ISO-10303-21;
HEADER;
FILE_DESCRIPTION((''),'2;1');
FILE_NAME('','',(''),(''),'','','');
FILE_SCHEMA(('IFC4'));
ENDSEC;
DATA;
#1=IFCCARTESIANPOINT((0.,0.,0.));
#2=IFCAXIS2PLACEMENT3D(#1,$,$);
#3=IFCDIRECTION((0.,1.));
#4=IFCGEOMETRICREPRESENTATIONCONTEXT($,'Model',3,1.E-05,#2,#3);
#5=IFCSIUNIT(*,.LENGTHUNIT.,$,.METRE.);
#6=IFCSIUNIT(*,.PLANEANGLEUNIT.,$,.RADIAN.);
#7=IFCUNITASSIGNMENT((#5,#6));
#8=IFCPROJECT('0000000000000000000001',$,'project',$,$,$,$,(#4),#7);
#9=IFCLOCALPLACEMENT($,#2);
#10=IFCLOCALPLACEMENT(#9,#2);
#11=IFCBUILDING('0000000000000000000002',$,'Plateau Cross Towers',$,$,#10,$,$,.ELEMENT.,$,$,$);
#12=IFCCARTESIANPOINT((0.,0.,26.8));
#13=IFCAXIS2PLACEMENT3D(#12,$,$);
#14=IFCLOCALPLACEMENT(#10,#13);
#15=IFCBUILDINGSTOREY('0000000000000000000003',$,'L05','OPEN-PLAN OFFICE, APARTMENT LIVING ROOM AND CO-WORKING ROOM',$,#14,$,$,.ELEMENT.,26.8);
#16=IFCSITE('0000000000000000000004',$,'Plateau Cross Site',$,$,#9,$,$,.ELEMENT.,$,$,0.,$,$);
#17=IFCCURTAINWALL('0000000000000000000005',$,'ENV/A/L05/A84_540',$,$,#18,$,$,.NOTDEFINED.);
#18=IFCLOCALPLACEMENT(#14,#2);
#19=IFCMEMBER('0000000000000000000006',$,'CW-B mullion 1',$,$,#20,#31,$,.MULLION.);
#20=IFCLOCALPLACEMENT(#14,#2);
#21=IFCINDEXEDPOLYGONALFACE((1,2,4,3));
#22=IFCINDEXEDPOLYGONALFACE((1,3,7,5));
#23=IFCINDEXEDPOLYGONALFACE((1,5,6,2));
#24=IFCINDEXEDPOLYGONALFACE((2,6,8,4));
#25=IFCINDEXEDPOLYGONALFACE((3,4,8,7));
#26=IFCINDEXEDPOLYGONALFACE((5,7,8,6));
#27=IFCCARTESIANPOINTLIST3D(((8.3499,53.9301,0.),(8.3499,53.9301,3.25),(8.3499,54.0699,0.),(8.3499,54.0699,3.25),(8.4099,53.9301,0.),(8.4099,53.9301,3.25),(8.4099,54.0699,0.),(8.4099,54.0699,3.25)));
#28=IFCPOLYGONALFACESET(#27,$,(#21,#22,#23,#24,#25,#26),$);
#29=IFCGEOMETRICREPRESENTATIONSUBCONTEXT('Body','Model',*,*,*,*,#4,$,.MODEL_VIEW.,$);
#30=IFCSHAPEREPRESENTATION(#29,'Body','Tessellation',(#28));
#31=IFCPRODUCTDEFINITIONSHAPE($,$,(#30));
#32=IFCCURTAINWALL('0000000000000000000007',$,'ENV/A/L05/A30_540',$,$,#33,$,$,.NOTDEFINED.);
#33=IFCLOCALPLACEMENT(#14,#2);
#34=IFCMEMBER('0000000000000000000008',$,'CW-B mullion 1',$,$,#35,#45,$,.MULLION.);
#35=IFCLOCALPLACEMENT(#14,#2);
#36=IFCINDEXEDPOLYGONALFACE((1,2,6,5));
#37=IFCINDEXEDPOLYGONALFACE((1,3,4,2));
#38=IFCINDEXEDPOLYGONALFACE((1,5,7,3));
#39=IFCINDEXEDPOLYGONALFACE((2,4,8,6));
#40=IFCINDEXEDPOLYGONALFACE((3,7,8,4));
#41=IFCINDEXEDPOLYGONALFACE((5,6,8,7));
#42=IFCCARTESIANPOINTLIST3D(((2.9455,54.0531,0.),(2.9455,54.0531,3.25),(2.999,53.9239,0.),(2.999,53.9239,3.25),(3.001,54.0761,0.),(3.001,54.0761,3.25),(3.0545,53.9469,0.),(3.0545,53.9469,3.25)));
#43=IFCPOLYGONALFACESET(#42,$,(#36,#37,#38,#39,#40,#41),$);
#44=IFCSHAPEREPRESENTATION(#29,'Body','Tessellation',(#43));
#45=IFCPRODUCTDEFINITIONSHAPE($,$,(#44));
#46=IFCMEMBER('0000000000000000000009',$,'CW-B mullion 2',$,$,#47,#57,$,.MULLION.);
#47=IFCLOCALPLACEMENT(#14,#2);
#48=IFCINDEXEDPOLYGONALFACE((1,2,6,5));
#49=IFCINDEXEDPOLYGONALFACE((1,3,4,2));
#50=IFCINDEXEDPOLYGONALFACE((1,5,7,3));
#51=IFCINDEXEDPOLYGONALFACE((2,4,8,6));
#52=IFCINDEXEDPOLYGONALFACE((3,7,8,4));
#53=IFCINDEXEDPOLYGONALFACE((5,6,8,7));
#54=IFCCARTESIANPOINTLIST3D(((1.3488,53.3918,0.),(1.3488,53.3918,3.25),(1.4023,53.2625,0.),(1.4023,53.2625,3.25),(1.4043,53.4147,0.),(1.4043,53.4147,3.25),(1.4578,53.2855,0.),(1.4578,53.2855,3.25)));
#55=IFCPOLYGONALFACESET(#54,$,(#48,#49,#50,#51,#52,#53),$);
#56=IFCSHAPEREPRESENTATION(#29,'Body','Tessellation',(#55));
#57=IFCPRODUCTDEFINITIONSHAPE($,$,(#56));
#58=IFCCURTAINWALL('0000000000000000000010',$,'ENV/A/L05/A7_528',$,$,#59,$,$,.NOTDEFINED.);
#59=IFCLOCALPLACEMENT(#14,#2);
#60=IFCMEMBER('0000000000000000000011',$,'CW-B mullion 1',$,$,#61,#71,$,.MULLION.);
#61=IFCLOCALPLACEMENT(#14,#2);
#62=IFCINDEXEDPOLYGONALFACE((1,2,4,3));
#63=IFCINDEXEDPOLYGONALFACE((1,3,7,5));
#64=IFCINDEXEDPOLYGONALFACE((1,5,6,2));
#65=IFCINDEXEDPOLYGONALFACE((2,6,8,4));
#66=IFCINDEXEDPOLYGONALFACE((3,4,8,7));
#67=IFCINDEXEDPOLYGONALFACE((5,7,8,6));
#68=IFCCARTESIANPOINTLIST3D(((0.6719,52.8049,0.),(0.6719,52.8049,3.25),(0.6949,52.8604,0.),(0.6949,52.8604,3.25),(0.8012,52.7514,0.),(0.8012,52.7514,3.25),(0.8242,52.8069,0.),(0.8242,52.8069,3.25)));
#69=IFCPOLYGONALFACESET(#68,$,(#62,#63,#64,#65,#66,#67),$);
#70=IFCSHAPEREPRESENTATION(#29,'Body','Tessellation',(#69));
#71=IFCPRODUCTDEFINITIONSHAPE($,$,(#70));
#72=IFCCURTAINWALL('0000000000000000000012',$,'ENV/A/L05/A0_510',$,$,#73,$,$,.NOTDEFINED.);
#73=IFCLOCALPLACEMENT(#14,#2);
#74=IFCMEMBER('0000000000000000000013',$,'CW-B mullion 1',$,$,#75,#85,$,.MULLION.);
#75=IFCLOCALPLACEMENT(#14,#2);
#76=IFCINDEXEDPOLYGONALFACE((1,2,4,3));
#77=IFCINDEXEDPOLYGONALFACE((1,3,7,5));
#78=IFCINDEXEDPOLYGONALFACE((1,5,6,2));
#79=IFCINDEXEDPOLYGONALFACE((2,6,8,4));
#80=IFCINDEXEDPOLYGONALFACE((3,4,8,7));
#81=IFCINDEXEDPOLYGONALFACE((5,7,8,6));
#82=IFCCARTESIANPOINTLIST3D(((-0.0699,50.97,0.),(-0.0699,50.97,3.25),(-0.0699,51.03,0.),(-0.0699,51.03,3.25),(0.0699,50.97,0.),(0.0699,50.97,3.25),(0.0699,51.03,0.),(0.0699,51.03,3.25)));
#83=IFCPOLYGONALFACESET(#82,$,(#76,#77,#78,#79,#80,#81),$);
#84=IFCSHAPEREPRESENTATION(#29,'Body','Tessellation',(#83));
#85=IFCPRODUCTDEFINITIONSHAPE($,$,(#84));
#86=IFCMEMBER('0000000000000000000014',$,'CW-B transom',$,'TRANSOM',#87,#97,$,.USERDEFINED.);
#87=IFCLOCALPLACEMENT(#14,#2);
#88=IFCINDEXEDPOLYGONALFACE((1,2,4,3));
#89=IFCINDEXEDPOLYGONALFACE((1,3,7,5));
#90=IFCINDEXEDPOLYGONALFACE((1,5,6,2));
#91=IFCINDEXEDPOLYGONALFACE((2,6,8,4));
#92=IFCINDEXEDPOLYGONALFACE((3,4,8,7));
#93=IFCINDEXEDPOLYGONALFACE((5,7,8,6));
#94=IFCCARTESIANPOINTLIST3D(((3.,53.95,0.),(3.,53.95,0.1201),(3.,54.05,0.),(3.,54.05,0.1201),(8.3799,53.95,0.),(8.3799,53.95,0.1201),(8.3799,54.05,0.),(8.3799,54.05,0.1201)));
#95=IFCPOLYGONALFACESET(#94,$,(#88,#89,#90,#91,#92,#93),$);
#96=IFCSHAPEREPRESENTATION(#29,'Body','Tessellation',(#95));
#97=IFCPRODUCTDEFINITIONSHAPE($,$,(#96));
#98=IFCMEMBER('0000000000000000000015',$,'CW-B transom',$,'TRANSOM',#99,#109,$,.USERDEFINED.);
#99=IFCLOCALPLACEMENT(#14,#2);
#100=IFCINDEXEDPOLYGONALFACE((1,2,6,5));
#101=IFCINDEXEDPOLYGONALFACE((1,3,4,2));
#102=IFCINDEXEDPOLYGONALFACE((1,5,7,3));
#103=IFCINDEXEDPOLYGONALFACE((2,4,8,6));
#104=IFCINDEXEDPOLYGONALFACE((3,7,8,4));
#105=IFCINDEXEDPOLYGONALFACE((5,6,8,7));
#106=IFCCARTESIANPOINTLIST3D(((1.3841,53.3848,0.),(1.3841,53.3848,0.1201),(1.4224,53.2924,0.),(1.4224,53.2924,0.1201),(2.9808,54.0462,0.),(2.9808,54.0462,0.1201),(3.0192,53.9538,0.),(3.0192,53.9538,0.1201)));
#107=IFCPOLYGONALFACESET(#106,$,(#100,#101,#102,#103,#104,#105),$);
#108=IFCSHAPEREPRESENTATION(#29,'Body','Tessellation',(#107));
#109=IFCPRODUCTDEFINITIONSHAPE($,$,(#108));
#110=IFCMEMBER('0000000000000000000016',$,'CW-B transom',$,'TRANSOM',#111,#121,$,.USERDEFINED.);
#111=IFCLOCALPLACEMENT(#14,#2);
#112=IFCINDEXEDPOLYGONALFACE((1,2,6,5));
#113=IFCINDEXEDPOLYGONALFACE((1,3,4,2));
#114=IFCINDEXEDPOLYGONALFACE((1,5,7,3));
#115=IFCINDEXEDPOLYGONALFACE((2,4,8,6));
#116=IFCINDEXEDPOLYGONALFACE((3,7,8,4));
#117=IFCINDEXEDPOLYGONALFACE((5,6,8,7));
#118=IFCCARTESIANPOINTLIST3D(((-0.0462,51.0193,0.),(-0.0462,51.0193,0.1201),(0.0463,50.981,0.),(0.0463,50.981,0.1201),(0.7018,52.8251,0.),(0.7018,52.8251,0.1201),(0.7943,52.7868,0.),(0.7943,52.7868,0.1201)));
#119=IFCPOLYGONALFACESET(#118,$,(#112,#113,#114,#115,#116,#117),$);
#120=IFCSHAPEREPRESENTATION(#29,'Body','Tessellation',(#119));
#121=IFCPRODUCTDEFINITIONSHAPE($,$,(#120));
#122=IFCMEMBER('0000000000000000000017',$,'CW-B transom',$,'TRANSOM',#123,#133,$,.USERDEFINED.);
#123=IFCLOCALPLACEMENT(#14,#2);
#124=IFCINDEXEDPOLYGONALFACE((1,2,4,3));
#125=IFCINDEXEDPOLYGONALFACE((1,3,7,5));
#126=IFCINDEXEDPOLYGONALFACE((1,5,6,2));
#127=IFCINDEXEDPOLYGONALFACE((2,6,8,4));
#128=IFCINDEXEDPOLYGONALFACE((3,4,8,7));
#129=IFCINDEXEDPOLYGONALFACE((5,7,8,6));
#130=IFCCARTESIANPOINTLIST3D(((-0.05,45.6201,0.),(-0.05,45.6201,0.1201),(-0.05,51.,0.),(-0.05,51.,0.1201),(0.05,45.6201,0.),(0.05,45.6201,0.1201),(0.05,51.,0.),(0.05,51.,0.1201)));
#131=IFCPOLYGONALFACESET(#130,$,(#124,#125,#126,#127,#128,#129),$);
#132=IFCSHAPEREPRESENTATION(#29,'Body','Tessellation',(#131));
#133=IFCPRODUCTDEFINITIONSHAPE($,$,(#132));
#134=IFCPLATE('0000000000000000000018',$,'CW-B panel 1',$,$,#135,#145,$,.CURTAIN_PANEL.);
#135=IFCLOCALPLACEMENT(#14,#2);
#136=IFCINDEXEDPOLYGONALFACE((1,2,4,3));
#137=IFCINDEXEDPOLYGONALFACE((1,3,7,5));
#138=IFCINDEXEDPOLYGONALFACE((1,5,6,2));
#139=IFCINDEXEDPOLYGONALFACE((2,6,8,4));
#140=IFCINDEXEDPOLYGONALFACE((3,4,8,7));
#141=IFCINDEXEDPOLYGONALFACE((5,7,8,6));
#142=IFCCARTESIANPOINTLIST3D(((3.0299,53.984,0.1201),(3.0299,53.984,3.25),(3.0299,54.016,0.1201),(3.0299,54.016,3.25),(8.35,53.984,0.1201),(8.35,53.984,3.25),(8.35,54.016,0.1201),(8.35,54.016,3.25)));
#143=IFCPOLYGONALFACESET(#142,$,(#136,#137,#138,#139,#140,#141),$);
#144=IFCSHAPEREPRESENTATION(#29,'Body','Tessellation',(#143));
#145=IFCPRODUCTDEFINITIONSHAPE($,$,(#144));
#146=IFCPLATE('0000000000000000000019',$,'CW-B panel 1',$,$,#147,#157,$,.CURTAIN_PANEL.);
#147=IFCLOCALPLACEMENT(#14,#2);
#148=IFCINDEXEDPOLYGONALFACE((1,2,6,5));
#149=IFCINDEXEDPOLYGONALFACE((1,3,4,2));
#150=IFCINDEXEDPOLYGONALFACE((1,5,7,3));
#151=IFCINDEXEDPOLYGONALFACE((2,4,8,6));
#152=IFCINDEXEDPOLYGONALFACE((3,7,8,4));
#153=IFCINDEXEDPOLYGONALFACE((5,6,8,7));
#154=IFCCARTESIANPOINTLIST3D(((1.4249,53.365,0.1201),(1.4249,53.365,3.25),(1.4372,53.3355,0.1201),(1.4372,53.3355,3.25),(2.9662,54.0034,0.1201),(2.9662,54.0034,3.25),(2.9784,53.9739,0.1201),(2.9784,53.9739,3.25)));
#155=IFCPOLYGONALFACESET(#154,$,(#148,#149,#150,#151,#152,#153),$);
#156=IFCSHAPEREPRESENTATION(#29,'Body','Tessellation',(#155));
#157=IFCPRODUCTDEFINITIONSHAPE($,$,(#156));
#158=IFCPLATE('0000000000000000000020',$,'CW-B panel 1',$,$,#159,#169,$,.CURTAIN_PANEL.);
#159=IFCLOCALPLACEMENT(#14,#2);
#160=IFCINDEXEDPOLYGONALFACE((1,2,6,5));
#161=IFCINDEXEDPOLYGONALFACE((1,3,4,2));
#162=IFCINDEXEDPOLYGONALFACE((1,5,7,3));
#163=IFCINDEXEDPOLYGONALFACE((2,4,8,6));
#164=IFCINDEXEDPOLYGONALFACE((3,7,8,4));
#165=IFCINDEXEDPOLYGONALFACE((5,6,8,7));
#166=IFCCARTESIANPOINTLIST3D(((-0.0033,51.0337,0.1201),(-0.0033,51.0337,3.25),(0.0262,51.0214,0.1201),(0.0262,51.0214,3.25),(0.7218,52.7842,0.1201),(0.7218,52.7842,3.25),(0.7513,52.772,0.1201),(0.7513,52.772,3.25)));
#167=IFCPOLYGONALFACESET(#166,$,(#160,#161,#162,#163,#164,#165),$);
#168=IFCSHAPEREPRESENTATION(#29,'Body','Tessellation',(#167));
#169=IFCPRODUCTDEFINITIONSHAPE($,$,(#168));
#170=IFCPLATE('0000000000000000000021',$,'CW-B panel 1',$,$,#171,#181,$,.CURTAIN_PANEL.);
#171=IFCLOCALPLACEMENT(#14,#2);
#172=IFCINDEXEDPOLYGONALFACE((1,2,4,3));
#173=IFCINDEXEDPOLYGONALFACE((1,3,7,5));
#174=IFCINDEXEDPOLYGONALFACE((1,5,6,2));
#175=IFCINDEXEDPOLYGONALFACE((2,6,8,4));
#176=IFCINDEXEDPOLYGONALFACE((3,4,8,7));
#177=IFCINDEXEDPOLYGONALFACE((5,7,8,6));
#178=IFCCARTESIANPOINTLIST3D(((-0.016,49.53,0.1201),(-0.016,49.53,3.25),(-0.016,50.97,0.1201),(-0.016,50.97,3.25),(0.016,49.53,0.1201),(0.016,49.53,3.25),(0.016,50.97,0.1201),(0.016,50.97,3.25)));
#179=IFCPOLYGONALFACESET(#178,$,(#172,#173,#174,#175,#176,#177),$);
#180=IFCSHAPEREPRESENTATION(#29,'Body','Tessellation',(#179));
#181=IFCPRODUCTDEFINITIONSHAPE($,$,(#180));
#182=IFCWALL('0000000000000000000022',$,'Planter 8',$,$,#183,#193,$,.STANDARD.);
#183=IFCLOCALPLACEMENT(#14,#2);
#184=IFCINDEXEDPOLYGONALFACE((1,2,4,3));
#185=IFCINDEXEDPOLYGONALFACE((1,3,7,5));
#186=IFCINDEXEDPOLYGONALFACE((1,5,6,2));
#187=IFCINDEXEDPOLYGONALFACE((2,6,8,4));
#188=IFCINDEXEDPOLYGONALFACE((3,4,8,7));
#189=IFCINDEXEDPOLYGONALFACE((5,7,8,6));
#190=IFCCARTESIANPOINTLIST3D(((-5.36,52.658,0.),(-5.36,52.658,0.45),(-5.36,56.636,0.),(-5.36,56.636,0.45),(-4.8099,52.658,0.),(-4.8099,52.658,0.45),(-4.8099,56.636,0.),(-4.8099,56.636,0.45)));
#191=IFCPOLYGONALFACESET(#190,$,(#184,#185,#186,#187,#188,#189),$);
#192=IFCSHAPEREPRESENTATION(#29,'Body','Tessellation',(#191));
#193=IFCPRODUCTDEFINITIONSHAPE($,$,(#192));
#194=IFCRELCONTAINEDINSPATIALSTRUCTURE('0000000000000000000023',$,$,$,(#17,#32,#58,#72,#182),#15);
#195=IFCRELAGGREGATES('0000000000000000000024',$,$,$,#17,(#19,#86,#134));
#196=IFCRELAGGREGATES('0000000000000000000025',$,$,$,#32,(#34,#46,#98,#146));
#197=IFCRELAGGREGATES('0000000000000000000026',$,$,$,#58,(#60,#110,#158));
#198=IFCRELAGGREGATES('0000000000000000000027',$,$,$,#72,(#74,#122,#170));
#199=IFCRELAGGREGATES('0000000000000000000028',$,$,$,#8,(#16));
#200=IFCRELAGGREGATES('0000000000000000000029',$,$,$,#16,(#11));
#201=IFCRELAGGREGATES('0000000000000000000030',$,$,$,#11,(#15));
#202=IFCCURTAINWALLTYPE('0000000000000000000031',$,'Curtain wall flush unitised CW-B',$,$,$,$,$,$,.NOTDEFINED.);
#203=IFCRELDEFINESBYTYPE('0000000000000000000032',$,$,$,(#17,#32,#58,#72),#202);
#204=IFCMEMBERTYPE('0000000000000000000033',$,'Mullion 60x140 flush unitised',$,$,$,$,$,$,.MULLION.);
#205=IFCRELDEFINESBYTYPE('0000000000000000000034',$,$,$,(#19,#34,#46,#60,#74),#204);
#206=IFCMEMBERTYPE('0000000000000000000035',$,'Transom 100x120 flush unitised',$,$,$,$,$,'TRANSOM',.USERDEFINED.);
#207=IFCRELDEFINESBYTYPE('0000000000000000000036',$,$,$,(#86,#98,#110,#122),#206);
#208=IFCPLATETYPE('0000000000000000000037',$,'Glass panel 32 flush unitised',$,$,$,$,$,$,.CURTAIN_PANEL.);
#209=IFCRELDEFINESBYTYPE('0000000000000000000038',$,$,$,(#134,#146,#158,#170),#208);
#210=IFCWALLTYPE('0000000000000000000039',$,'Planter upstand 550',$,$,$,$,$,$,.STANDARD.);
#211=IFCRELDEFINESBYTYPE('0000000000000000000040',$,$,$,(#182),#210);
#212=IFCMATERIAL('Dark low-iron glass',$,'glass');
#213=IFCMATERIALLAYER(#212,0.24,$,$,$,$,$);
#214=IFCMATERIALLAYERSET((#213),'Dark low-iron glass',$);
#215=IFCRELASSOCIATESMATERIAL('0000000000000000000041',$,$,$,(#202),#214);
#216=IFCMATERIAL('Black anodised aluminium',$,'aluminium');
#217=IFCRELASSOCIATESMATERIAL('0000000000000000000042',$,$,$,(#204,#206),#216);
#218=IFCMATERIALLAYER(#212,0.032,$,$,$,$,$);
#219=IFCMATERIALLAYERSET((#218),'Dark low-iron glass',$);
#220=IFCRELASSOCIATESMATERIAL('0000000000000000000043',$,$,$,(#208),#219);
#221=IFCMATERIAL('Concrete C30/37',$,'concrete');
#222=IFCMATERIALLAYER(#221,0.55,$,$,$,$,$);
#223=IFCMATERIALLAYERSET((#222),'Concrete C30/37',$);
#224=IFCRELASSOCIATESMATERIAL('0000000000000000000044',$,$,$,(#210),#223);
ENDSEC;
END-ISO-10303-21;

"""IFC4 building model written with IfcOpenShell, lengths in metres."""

from ifc_helpers import new_model, si_unit, direction, frame, frame_2d, origin, origin_2d, place, context, subcontext, project, spatial, rectangle, extrude, material, layer, layer_set, material_profile, profile_set, type_object, element, aggregate, save


model = new_model("IFC4")

# Units and contexts
model_context = context("Model", 3, precision=1e-05, world=origin(), true_north=direction((0.0, 1.0)))
body_context = subcontext(model_context, "Body", "Model", "MODEL_VIEW")
ifc_project = project(units=[si_unit("LENGTHUNIT", "METRE"), si_unit("PLANEANGLEUNIT", "RADIAN")], contexts=[model_context])

# Site, building, storey
site_placement = place(None, origin())
site = spatial("IfcSite", under=ifc_project, at=site_placement, Name="Plateau Cross Site", CompositionType="ELEMENT", RefElevation=0.0)
building_placement = place(site_placement, origin())
building = spatial("IfcBuilding", under=site, at=building_placement, Name="Plateau Cross Towers", CompositionType="ELEMENT")
storey_placement = place(building_placement, frame((0.0, 0.0, 26.8)))
storey = spatial("IfcBuildingStorey", under=building, at=storey_placement, Name="L05", Description="OPEN-PLAN OFFICE, APARTMENT LIVING ROOM AND CO-WORKING ROOM", CompositionType="ELEMENT", Elevation=26.8)

# Curtain wall, member
ifc_material_1 = material(Name="Dark low-iron glass", Category="glass")
ifc_layer_1 = layer(ifc_material_1, 0.24)
ifc_layer_set_1 = layer_set([ifc_layer_1], Name="Dark low-iron glass")
curtain_wall_type = type_object("IfcCurtainWallType", Name="Curtain wall flush unitised CW-B", PredefinedType="NOTDEFINED", material=ifc_layer_set_1)
curtain_wall_1_placement = place(storey_placement, origin())
curtain_wall_1 = element("IfcCurtainWall", 1, at=curtain_wall_1_placement, inside=storey, type_object=curtain_wall_type, Name="ENV/A/L05/A84_540", PredefinedType="NOTDEFINED")
ifc_material_2 = material(Name="Black anodised aluminium", Category="aluminium")
ifc_material_profile_1 = material_profile(ifc_material_2, rectangle(XDim=0.0601, YDim=0.1399, at=origin_2d()), Name="MULLION 60x140")
ifc_profile_set_1 = profile_set([ifc_material_profile_1], Name="Black anodised aluminium")
member_type_1 = type_object("IfcMemberType", Name="Mullion 60x140 flush unitised", PredefinedType="MULLION", material=ifc_profile_set_1)
member_1_placement = place(storey_placement, frame((8.3799, 54.0, 0.0), z_axis=(0.0, 0.0, 1.0), x_axis=(-1.0, 0.0, 0.0)))
member_1 = element("IfcMember", 2, at=member_1_placement, type_object=member_type_1, Name="CW-B mullion 1", PredefinedType="MULLION", context=body_context, shape_type="SweptSolid", body=[
    extrude(rectangle(XDim=0.0601, YDim=0.1399, at=origin_2d()), origin(), (0.0, 0.0, 1.0), 3.25),
])

# Curtain wall, members
curtain_wall_2_placement = place(storey_placement, origin())
curtain_wall_2 = element("IfcCurtainWall", 3, at=curtain_wall_2_placement, inside=storey, type_object=curtain_wall_type, Name="ENV/A/L05/A30_540", PredefinedType="NOTDEFINED")
member_2_placement = place(storey_placement, frame((3.0, 54.0, 0.0), z_axis=(0.0, 0.0, 1.0), x_axis=(-0.923879, -0.382684, 0.0)))
member_2 = element("IfcMember", 4, at=member_2_placement, type_object=member_type_1, Name="CW-B mullion 1", PredefinedType="MULLION", context=body_context, shape_type="SweptSolid", body=[
    extrude(rectangle(XDim=0.0601, YDim=0.1399, at=origin_2d()), origin(), (0.0, 0.0, 1.0), 3.25),
])
member_3_placement = place(storey_placement, frame((1.4033, 53.3386, 0.0), z_axis=(0.0, 0.0, 1.0), x_axis=(-0.923879, -0.382684, 0.0)))
member_3 = element("IfcMember", 5, at=member_3_placement, type_object=member_type_1, Name="CW-B mullion 2", PredefinedType="MULLION", context=body_context, shape_type="SweptSolid", body=[
    extrude(rectangle(XDim=0.0601, YDim=0.1399, at=origin_2d()), origin(), (0.0, 0.0, 1.0), 3.25),
])

# Curtain walls, members
curtain_wall_3_placement = place(storey_placement, origin())
curtain_wall_3 = element("IfcCurtainWall", 6, at=curtain_wall_3_placement, inside=storey, type_object=curtain_wall_type, Name="ENV/A/L05/A7_528", PredefinedType="NOTDEFINED")
member_4_placement = place(storey_placement, frame((0.748, 52.8059, 0.0), z_axis=(0.0, 0.0, 1.0), x_axis=(-0.382684, -0.923879, 0.0)))
member_4 = element("IfcMember", 7, at=member_4_placement, type_object=member_type_1, Name="CW-B mullion 1", PredefinedType="MULLION", context=body_context, shape_type="SweptSolid", body=[
    extrude(rectangle(XDim=0.0601, YDim=0.1399, at=origin_2d()), origin(), (0.0, 0.0, 1.0), 3.25),
])
curtain_wall_4_placement = place(storey_placement, origin())
curtain_wall_4 = element("IfcCurtainWall", 8, at=curtain_wall_4_placement, inside=storey, type_object=curtain_wall_type, Name="ENV/A/L05/A0_510", PredefinedType="NOTDEFINED")
member_5_placement = place(storey_placement, frame((0.0, 51.0, 0.0), z_axis=(0.0, 0.0, 1.0), x_axis=(0.0, -1.0, 0.0)))
member_5 = element("IfcMember", 9, at=member_5_placement, type_object=member_type_1, Name="CW-B mullion 1", PredefinedType="MULLION", context=body_context, shape_type="SweptSolid", body=[
    extrude(rectangle(XDim=0.0601, YDim=0.1399, at=origin_2d()), origin(), (0.0, 0.0, 1.0), 3.25),
])

# Members
ifc_material_profile_2 = material_profile(ifc_material_2, rectangle(XDim=0.1001, YDim=0.1201, at=origin_2d()), Name="TRANSOM 100x120")
ifc_profile_set_2 = profile_set([ifc_material_profile_2], Name="Black anodised aluminium")
member_type_2 = type_object("IfcMemberType", Name="Transom 100x120 flush unitised", ElementType="TRANSOM", PredefinedType="USERDEFINED", material=ifc_profile_set_2)
member_6_placement = place(storey_placement, frame((8.3799, 54.0, 0.0601), z_axis=(-1.0, 0.0, 0.0), x_axis=(0.0, -1.0, 0.0)))
member_6 = element("IfcMember", 10, at=member_6_placement, type_object=member_type_2, Name="CW-B transom", ObjectType="TRANSOM", PredefinedType="USERDEFINED", context=body_context, shape_type="SweptSolid", body=[
    extrude(rectangle(XDim=0.1001, YDim=0.1201, at=origin_2d()), origin(), (0.0, 0.0, 1.0), 5.3799),
])
member_7_placement = place(storey_placement, frame((3.0, 54.0, 0.0601), z_axis=(-0.923877, -0.382689, 0.0), x_axis=(0.382689, -0.923877, 0.0)))
member_7 = element("IfcMember", 11, at=member_7_placement, type_object=member_type_2, Name="CW-B transom", ObjectType="TRANSOM", PredefinedType="USERDEFINED", context=body_context, shape_type="SweptSolid", body=[
    extrude(rectangle(XDim=0.1001, YDim=0.1201, at=origin_2d()), origin(), (0.0, 0.0, 1.0), 1.7283),
])
member_8_placement = place(storey_placement, frame((0.748, 52.8059, 0.0601), z_axis=(-0.38269, -0.923877, 0.0), x_axis=(0.923877, -0.38269, 0.0)))
member_8 = element("IfcMember", 12, at=member_8_placement, type_object=member_type_2, Name="CW-B transom", ObjectType="TRANSOM", PredefinedType="USERDEFINED", context=body_context, shape_type="SweptSolid", body=[
    extrude(rectangle(XDim=0.1001, YDim=0.1201, at=origin_2d()), origin(), (0.0, 0.0, 1.0), 1.9546),
])
member_9_placement = place(storey_placement, frame((0.0, 51.0, 0.0601), z_axis=(0.0, -1.0, 0.0), x_axis=(1.0, 0.0, 0.0)))
member_9 = element("IfcMember", 13, at=member_9_placement, type_object=member_type_2, Name="CW-B transom", ObjectType="TRANSOM", PredefinedType="USERDEFINED", context=body_context, shape_type="SweptSolid", body=[
    extrude(rectangle(XDim=0.1001, YDim=0.1201, at=origin_2d()), origin(), (0.0, 0.0, 1.0), 5.3799),
])

# Plates
ifc_layer_2 = layer(ifc_material_1, 0.032)
ifc_layer_set_2 = layer_set([ifc_layer_2], Name="Dark low-iron glass")
plate_type = type_object("IfcPlateType", Name="Glass panel 32 flush unitised", PredefinedType="CURTAIN_PANEL", material=ifc_layer_set_2)
plate_1_placement = place(storey_placement, frame((5.6899, 54.0, 0.1201), z_axis=(0.0, 0.0, 1.0), x_axis=(-1.0, 0.0, 0.0)))
plate_1 = element("IfcPlate", 14, at=plate_1_placement, type_object=plate_type, Name="CW-B panel 1", PredefinedType="CURTAIN_PANEL", context=body_context, shape_type="SweptSolid", body=[
    extrude(rectangle(XDim=5.3201, YDim=0.032, at=origin_2d()), origin(), (0.0, 0.0, 1.0), 3.1299),
])
aggregate(curtain_wall_1, [member_1, member_6, plate_1])
plate_2_placement = place(storey_placement, frame((2.2017, 53.6694, 0.1201), z_axis=(0.0, 0.0, 1.0), x_axis=(-0.923879, -0.382684, 0.0)))
plate_2 = element("IfcPlate", 15, at=plate_2_placement, type_object=plate_type, Name="CW-B panel 1", PredefinedType="CURTAIN_PANEL", context=body_context, shape_type="SweptSolid", body=[
    extrude(rectangle(XDim=1.6682, YDim=0.032, at=origin_2d()), origin(), (0.0, 0.0, 1.0), 3.1299),
])
aggregate(curtain_wall_2, [member_2, member_3, member_7, plate_2])
plate_3_placement = place(storey_placement, frame((0.374, 51.9028, 0.1201), z_axis=(0.0, 0.0, 1.0), x_axis=(-0.382684, -0.923879, 0.0)))
plate_3 = element("IfcPlate", 16, at=plate_3_placement, type_object=plate_type, Name="CW-B panel 1", PredefinedType="CURTAIN_PANEL", context=body_context, shape_type="SweptSolid", body=[
    extrude(rectangle(XDim=1.8948, YDim=0.032, at=origin_2d()), origin(), (0.0, 0.0, 1.0), 3.1299),
])
aggregate(curtain_wall_3, [member_4, member_8, plate_3])
plate_4_placement = place(storey_placement, frame((0.0, 50.25, 0.1201), z_axis=(0.0, 0.0, 1.0), x_axis=(0.0, -1.0, 0.0)))
plate_4 = element("IfcPlate", 17, at=plate_4_placement, type_object=plate_type, Name="CW-B panel 1", PredefinedType="CURTAIN_PANEL", context=body_context, shape_type="SweptSolid", body=[
    extrude(rectangle(XDim=1.4399, YDim=0.032, at=origin_2d()), origin(), (0.0, 0.0, 1.0), 3.1299),
])
aggregate(curtain_wall_4, [member_5, member_9, plate_4])

# Wall
ifc_material_3 = material(Name="Concrete C30/37", Category="concrete")
ifc_layer_3 = layer(ifc_material_3, 0.55)
ifc_layer_set_3 = layer_set([ifc_layer_3], Name="Concrete C30/37")
wall_type_1 = type_object("IfcWallType", Name="Planter upstand 550", PredefinedType="STANDARD", material=ifc_layer_set_3)
wall_1_placement = place(storey_placement, frame((-5.085, 52.658, 0.0), z_axis=(0.0, 0.0, 1.0), x_axis=(0.0, 1.0, 0.0)))
element("IfcWall", 18, at=wall_1_placement, inside=storey, type_object=wall_type_1, Name="Planter 8", PredefinedType="STANDARD", context=body_context, shape_type="SweptSolid", body=[
    extrude(rectangle(XDim=3.978, YDim=0.55, at=frame_2d((1.989, 0.0))), origin(), (0.0, 0.0, 1.0), 0.45),
])

save(model, "model.ifc")
